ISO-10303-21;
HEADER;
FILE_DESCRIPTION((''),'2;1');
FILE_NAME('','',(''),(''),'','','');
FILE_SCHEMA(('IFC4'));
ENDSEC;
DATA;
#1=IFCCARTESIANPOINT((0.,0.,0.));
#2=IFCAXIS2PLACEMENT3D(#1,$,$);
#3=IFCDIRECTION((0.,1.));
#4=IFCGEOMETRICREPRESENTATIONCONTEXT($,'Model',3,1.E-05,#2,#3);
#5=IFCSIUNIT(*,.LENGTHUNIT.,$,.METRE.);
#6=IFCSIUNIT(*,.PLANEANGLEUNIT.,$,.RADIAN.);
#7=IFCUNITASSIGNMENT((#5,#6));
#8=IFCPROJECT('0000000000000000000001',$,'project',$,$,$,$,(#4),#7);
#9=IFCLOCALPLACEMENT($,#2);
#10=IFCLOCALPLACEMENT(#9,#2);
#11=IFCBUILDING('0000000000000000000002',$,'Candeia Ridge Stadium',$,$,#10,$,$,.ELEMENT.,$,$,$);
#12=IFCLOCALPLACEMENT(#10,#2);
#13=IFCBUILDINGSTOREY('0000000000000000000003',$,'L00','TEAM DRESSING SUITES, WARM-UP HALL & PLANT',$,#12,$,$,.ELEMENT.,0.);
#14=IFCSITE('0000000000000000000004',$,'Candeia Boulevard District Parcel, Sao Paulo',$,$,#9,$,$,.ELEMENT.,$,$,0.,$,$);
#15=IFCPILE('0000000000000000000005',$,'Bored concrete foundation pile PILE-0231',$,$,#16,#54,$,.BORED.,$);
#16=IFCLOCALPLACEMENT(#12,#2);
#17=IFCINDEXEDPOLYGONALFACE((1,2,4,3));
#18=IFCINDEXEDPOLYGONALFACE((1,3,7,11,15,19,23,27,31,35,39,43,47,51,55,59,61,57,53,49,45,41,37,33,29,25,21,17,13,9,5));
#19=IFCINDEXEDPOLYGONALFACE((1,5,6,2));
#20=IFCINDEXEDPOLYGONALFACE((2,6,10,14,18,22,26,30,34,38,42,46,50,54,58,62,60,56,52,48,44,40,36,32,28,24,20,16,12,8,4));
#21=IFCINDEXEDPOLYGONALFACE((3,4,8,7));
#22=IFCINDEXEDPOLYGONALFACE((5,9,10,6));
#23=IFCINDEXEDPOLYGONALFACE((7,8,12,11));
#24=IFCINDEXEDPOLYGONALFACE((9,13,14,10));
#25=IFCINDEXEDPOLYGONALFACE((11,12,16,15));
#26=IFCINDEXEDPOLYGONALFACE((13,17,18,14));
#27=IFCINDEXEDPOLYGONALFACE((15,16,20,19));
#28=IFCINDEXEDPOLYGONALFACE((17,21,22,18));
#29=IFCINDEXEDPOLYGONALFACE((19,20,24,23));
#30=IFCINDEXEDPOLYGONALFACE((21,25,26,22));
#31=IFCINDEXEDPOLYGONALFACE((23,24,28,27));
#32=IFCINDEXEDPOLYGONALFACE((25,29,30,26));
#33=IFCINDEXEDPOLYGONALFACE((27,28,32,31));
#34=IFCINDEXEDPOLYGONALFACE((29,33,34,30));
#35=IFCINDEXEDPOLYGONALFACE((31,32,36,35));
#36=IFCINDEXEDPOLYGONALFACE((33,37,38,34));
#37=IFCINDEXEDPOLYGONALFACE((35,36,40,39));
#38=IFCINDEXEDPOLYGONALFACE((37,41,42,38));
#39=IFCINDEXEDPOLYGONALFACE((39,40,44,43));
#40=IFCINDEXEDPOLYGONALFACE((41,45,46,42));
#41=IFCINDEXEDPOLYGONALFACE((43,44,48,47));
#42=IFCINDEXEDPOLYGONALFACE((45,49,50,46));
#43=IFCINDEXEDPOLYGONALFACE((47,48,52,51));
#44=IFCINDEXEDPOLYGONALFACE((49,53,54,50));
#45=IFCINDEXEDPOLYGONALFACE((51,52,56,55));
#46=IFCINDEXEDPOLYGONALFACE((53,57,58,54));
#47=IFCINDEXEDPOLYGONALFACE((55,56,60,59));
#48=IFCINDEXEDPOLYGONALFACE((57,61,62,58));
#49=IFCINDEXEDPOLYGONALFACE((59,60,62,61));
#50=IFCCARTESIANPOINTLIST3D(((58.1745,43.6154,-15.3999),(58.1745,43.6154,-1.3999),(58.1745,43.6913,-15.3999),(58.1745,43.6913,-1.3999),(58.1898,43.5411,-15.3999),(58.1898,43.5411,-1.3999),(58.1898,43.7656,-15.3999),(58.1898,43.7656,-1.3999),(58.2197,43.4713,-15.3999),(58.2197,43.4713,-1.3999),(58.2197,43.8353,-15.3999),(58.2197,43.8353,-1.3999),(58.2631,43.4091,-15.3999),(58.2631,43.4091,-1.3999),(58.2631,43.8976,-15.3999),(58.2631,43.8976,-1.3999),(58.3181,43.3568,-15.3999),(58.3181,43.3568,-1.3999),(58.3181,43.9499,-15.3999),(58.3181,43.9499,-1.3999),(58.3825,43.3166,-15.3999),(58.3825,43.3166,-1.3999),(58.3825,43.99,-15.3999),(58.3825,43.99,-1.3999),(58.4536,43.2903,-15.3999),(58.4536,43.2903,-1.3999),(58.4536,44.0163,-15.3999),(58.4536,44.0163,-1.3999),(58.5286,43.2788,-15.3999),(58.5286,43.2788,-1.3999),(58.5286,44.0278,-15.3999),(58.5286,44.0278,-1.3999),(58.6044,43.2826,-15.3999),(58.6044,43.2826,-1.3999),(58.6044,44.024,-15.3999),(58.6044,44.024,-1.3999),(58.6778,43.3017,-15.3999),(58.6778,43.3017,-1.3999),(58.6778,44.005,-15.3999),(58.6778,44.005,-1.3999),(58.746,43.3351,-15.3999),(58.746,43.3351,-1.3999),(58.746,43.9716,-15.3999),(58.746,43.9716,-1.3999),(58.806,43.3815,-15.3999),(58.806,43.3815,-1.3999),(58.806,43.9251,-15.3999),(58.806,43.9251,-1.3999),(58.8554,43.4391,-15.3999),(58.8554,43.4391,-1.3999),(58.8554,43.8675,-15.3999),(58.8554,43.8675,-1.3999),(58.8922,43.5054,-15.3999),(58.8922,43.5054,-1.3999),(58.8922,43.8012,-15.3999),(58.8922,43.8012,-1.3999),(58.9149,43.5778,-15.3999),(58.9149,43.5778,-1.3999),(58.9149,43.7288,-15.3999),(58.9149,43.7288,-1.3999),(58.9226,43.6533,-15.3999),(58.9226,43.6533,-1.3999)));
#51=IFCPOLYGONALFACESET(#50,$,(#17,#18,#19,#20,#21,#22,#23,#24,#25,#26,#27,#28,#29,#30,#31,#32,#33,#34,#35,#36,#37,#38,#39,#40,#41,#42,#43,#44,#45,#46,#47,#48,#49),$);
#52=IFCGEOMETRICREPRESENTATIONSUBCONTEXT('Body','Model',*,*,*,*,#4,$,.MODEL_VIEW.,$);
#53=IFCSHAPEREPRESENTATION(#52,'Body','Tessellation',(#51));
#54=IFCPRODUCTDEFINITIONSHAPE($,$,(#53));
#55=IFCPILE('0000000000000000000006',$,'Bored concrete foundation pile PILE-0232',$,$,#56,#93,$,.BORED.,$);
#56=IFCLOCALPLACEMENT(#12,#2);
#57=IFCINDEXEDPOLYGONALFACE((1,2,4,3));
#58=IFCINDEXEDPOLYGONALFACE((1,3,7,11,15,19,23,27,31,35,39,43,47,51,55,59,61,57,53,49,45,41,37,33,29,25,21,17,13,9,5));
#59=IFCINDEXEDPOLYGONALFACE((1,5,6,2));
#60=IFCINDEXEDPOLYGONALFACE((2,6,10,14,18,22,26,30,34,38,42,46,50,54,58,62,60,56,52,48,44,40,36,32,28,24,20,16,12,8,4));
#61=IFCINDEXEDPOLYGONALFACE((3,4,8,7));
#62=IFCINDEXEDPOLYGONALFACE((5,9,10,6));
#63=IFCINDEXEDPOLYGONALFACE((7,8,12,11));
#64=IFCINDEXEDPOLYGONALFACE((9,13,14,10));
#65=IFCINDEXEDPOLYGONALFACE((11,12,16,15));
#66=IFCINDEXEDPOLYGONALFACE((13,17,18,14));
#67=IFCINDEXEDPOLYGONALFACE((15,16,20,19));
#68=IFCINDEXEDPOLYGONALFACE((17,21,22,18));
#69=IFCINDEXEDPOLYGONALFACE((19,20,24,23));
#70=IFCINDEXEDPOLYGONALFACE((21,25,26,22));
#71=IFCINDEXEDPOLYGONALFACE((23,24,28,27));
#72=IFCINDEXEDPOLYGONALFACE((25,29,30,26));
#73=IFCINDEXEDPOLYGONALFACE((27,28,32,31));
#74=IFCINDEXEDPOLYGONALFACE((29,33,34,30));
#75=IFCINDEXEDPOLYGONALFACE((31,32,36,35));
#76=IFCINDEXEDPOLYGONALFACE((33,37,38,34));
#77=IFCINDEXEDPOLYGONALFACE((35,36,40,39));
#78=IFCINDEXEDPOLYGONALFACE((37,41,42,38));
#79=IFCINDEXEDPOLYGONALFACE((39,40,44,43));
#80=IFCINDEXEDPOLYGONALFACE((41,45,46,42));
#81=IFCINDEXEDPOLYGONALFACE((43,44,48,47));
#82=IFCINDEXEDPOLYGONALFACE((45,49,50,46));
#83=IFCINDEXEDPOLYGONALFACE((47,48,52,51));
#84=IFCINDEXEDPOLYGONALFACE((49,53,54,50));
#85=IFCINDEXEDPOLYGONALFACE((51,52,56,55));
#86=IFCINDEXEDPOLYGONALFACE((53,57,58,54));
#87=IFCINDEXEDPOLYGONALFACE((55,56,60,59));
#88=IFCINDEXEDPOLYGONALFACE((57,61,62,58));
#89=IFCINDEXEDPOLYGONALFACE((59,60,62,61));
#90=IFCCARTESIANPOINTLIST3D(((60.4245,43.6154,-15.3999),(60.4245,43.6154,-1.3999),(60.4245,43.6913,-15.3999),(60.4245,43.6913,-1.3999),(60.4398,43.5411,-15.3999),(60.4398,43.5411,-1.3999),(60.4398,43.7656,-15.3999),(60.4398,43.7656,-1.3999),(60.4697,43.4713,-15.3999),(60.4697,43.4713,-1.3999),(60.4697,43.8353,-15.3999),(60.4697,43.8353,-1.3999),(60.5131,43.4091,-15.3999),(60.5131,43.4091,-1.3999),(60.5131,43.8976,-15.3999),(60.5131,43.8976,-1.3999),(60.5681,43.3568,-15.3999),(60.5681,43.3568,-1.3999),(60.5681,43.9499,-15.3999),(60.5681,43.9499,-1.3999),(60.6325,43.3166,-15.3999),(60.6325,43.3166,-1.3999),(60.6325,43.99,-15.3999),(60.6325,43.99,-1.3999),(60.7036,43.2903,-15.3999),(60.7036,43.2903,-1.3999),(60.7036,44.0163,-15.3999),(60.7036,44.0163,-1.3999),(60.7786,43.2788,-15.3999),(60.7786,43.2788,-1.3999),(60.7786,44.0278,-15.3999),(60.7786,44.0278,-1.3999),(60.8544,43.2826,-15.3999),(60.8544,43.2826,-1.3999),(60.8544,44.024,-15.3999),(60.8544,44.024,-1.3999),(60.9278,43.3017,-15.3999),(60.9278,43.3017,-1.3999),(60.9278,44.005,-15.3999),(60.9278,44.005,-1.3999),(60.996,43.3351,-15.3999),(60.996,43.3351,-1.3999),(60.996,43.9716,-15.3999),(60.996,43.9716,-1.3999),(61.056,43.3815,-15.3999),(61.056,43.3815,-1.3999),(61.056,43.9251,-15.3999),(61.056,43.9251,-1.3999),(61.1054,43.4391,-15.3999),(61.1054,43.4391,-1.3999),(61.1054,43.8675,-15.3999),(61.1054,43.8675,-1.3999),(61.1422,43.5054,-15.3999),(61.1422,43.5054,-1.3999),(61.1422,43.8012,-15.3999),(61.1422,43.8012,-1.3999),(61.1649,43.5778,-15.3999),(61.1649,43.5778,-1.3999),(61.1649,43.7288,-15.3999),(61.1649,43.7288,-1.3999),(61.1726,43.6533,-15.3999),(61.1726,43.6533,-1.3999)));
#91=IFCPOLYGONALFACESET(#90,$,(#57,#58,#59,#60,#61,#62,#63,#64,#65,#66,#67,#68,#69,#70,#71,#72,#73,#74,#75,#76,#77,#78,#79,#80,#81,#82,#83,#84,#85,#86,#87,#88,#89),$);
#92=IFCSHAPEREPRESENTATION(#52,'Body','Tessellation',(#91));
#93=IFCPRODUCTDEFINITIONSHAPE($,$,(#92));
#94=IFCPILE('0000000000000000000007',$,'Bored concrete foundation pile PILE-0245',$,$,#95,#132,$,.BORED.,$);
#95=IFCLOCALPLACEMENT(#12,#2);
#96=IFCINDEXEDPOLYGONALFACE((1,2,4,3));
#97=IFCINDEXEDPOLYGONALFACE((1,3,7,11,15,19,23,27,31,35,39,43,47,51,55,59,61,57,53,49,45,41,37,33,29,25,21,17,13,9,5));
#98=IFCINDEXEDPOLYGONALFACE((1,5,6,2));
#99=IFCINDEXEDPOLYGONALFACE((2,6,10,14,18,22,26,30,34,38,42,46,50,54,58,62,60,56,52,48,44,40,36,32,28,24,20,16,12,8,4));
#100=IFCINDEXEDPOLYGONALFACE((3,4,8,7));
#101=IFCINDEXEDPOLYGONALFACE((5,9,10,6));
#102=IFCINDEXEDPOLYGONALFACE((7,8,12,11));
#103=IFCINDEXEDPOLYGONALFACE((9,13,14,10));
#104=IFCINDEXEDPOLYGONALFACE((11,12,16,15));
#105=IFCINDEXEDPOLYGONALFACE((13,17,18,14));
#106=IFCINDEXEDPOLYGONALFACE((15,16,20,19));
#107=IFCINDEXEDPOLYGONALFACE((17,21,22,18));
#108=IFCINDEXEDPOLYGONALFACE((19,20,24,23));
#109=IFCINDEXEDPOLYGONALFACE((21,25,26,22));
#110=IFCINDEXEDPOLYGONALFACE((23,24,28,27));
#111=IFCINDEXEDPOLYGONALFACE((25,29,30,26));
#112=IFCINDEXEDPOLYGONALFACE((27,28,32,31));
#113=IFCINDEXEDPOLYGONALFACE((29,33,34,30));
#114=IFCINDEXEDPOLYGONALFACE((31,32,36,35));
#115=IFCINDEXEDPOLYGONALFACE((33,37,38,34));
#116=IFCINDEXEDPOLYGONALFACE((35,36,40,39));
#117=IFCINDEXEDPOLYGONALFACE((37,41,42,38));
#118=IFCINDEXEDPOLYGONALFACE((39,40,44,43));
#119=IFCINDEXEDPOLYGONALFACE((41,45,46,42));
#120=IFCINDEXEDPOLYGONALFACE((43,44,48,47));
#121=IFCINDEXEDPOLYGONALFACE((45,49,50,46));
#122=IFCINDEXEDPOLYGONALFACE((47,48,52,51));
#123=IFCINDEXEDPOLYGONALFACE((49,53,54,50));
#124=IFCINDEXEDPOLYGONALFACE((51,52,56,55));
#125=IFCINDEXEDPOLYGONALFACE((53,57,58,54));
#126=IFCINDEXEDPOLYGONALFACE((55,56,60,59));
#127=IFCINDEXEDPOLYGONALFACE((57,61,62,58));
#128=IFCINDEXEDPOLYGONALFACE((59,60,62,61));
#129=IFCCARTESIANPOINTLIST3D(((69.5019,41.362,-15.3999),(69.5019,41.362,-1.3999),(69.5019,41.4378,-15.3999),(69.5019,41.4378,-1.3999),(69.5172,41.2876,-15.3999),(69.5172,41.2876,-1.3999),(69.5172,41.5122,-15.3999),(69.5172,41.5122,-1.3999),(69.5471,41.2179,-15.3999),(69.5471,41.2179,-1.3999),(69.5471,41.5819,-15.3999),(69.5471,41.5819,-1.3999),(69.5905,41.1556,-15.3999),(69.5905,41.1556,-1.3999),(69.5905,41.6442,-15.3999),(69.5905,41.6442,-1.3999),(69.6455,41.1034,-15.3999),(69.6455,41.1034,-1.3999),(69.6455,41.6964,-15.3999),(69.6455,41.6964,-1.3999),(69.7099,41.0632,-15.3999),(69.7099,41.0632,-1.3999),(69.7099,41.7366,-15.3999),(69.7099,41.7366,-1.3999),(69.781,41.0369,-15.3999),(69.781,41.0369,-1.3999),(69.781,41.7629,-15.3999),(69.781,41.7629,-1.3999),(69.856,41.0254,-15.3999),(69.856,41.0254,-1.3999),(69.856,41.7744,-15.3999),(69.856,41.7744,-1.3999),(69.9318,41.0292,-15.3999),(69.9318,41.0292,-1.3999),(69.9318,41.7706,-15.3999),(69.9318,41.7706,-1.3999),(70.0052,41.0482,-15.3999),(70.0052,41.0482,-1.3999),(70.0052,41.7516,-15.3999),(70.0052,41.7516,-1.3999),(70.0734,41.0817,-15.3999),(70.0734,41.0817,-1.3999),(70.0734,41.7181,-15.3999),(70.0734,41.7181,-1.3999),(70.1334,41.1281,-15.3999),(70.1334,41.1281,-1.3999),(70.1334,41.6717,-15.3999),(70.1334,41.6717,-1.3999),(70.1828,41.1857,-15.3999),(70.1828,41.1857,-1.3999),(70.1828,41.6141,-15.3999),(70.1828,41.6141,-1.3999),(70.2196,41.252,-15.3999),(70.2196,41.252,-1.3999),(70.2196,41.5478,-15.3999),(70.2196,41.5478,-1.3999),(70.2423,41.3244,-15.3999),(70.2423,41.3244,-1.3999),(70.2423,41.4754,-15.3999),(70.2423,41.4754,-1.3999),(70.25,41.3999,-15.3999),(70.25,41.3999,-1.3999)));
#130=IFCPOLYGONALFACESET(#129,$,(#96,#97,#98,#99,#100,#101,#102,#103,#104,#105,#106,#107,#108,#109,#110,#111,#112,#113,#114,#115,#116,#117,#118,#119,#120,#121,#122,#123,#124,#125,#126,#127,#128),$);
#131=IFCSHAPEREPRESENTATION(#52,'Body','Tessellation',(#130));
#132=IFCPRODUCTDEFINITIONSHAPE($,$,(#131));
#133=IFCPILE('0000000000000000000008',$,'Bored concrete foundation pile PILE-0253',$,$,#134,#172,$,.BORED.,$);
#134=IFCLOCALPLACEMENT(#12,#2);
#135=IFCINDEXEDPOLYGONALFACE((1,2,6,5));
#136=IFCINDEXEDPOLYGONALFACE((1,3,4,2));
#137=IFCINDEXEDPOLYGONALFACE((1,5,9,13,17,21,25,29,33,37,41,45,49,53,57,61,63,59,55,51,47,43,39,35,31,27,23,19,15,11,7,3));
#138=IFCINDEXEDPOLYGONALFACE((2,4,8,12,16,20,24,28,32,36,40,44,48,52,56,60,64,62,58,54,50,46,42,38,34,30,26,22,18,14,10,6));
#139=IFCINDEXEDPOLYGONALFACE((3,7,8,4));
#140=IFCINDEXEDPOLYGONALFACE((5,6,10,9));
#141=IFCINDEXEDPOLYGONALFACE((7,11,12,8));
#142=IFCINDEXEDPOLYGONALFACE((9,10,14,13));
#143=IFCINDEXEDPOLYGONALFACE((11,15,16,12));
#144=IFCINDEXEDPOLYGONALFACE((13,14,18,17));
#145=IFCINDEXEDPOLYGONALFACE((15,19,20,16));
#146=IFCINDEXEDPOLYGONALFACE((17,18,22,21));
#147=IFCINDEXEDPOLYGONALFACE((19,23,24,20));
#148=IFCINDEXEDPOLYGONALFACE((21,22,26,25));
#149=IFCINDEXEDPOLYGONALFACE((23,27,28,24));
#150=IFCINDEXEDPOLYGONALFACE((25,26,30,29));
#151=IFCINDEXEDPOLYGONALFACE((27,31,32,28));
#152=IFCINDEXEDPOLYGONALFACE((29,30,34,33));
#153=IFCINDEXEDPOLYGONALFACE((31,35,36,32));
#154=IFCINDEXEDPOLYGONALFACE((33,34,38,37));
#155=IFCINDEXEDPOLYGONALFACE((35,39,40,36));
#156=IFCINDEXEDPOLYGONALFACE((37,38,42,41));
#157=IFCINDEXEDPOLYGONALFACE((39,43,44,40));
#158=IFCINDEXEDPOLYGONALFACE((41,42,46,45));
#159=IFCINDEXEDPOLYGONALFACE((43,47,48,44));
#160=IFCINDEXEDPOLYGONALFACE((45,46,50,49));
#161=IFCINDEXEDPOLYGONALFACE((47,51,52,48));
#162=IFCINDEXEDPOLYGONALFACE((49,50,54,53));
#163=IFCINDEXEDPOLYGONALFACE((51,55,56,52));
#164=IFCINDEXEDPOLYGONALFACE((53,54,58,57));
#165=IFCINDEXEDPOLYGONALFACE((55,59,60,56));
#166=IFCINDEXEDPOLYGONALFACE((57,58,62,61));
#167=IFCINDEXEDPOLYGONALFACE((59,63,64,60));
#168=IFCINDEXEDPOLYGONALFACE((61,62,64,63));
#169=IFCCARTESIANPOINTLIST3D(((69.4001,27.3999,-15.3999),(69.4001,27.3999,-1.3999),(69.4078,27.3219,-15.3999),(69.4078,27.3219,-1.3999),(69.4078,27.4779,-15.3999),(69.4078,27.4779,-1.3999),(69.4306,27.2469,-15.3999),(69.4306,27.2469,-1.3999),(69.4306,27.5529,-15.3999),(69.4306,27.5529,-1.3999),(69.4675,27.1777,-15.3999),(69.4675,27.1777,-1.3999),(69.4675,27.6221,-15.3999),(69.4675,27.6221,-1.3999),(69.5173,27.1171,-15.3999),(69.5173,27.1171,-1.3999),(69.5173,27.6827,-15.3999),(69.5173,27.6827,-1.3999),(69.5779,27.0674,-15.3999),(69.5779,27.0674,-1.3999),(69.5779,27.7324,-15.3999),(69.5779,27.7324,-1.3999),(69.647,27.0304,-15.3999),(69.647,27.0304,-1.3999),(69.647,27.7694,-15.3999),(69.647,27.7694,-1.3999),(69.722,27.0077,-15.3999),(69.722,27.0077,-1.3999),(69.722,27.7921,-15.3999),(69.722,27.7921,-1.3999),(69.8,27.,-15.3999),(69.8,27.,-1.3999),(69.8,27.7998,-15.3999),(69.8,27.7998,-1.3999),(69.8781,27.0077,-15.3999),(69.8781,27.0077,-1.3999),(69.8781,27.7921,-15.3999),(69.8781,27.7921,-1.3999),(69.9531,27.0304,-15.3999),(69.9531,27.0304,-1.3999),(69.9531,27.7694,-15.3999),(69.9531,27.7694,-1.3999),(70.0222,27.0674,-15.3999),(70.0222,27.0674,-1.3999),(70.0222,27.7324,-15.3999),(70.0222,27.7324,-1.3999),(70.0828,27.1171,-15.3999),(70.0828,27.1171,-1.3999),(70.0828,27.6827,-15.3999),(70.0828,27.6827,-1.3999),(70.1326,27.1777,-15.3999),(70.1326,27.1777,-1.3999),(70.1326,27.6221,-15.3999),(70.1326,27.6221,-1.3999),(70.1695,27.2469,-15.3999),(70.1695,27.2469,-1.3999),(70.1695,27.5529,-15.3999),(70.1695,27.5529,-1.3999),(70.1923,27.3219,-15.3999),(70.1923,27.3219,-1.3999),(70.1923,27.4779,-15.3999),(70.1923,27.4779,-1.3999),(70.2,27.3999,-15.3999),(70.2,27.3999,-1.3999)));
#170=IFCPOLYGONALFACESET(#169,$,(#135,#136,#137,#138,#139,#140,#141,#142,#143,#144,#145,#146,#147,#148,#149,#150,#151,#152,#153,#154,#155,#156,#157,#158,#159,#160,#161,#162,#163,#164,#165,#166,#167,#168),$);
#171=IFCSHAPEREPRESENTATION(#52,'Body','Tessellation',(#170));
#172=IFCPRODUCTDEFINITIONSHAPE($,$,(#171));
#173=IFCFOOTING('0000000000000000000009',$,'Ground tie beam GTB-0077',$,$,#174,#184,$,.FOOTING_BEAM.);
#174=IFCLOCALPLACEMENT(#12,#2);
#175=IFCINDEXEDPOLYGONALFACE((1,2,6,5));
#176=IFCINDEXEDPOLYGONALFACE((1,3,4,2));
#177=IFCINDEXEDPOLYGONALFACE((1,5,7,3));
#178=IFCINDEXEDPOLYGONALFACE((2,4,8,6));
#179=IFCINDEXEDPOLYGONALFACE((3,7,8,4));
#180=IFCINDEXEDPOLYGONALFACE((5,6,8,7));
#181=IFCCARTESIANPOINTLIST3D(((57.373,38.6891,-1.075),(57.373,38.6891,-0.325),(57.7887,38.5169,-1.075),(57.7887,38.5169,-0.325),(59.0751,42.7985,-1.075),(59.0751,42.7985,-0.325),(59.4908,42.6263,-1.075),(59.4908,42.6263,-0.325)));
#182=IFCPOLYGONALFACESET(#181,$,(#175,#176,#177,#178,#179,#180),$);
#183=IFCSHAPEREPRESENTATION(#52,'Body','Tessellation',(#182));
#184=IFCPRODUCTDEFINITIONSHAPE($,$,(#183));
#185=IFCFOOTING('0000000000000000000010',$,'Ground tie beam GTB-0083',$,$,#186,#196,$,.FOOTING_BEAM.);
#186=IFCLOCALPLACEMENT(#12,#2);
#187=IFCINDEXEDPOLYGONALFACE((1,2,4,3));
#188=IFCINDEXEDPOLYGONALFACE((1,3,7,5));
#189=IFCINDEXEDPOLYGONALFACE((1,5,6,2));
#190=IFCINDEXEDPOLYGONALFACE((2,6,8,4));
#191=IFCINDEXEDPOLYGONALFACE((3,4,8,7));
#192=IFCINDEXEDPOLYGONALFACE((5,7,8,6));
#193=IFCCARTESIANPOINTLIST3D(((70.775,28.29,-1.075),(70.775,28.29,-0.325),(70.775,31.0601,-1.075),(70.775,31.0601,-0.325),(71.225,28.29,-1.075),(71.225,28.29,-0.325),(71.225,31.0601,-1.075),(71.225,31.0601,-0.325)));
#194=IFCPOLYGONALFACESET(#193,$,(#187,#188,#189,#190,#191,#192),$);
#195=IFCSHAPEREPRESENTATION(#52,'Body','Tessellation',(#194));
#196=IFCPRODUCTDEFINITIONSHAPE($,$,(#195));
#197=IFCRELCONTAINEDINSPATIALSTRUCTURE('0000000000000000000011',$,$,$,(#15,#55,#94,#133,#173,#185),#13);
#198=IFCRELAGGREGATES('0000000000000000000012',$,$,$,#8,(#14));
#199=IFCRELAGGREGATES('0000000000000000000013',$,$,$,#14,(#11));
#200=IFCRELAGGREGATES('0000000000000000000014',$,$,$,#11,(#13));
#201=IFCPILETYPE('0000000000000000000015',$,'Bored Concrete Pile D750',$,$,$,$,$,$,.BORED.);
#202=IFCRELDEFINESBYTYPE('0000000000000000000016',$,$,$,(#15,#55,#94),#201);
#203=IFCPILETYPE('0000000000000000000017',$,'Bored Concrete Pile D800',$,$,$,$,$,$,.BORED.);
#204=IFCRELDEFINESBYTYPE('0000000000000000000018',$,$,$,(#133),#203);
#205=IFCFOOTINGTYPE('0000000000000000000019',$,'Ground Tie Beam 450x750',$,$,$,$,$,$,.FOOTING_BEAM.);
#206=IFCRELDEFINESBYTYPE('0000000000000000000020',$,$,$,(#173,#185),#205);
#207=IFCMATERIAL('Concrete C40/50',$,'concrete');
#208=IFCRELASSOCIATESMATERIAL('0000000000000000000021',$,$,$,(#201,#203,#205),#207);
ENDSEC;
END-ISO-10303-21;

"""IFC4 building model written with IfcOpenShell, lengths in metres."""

from ifc_helpers import new_model, si_unit, direction, frame, origin, origin_2d, place, context, subcontext, project, spatial, rectangle, circle, extrude, material, material_profile, profile_set, type_object, element, save


model = new_model("IFC4")

# Units and contexts
model_context = context("Model", 3, precision=1e-05, world=origin(), true_north=direction((0.0, 1.0)))
body_context = subcontext(model_context, "Body", "Model", "MODEL_VIEW")
ifc_project = project(units=[si_unit("LENGTHUNIT", "METRE"), si_unit("PLANEANGLEUNIT", "RADIAN")], contexts=[model_context])

# Site, building, storey
site_placement = place(None, origin())
site = spatial("IfcSite", under=ifc_project, at=site_placement, Name="Candeia Boulevard District Parcel, Sao Paulo", CompositionType="ELEMENT", RefElevation=0.0)
building_placement = place(site_placement, origin())
building = spatial("IfcBuilding", under=site, at=building_placement, Name="Candeia Ridge Stadium", CompositionType="ELEMENT")
storey_placement = place(building_placement, origin())
storey = spatial("IfcBuildingStorey", under=building, at=storey_placement, Name="L00", Description="TEAM DRESSING SUITES, WARM-UP HALL & PLANT", CompositionType="ELEMENT", Elevation=0.0)

# Piles
ifc_material_1 = material(Name="Concrete C40/50", Category="concrete")
ifc_material_profile_1 = material_profile(ifc_material_1, circle(Radius=0.375, at=origin_2d()), Name="PILE-D750", Category="concrete")
ifc_profile_set_1 = profile_set([ifc_material_profile_1], Name="Concrete C40/50")
pile_type_1 = type_object("IfcPileType", Name="Bored Concrete Pile D750", PredefinedType="BORED", material=ifc_profile_set_1)
for number, where, z_axis, x_axis, name in (
    (1, (58.5476, 43.6533, -1.3999), (0.0, 0.0, -1.0), (1.0, 0.0, 0.0), "Bored concrete foundation pile PILE-0231"),
    (2, (60.7976, 43.6533, -1.3999), (0.0, 0.0, -1.0), (1.0, 0.0, 0.0), "Bored concrete foundation pile PILE-0232"),
    (3, (69.875, 41.3999, -1.3999), (0.0, 0.0, -1.0), (1.0, 0.0, 0.0), "Bored concrete foundation pile PILE-0245"),
):
    element("IfcPile", number, at=place(storey_placement, frame(where, z_axis=z_axis, x_axis=x_axis)), inside=storey, type_object=pile_type_1, Name=name, PredefinedType="BORED", context=body_context, shape_type="SweptSolid", body=[
        extrude(circle(Radius=0.375, at=origin_2d()), origin(), (0.0, 0.0, 1.0), 14.0),
    ])
ifc_material_profile_2 = material_profile(ifc_material_1, circle(Radius=0.3999, at=origin_2d()), Name="PILE-D800", Category="concrete")
ifc_profile_set_2 = profile_set([ifc_material_profile_2], Name="Concrete C40/50")
pile_type_2 = type_object("IfcPileType", Name="Bored Concrete Pile D800", PredefinedType="BORED", material=ifc_profile_set_2)
pile_placement = place(storey_placement, frame((69.8, 27.3999, -1.3999), z_axis=(0.0, 0.0, -1.0), x_axis=(1.0, 0.0, 0.0)))
element("IfcPile", 4, at=pile_placement, inside=storey, type_object=pile_type_2, Name="Bored concrete foundation pile PILE-0253", PredefinedType="BORED", context=body_context, shape_type="SweptSolid", body=[
    extrude(circle(Radius=0.3999, at=origin_2d()), origin(), (0.0, 0.0, 1.0), 14.0),
])

# Footings
footing_type_1 = type_object("IfcFootingType", Name="Ground Tie Beam 450x750", PredefinedType="FOOTING_BEAM", material=ifc_material_1)
footing_1_placement = place(storey_placement, frame((58.4319, 40.6577, -1.075), z_axis=(0.0, 0.0, 1.0), x_axis=(-0.382681, -0.92388, 0.0)))
element("IfcFooting", 5, at=footing_1_placement, inside=storey, type_object=footing_type_1, Name="Ground tie beam GTB-0077", PredefinedType="FOOTING_BEAM", context=body_context, shape_type="SweptSolid", body=[
    extrude(rectangle(XDim=4.448, YDim=0.45, at=origin_2d()), origin(), (0.0, 0.0, 1.0), 0.75),
])
footing_2_placement = place(storey_placement, frame((71.0, 29.675, -1.075), z_axis=(0.0, 0.0, 1.0), x_axis=(0.0, -1.0, 0.0)))
element("IfcFooting", 6, at=footing_2_placement, inside=storey, type_object=footing_type_1, Name="Ground tie beam GTB-0083", PredefinedType="FOOTING_BEAM", context=body_context, shape_type="SweptSolid", body=[
    extrude(rectangle(XDim=2.77, YDim=0.45, at=origin_2d()), origin(), (0.0, 0.0, 1.0), 0.75),
])

save(model, "model.ifc")
